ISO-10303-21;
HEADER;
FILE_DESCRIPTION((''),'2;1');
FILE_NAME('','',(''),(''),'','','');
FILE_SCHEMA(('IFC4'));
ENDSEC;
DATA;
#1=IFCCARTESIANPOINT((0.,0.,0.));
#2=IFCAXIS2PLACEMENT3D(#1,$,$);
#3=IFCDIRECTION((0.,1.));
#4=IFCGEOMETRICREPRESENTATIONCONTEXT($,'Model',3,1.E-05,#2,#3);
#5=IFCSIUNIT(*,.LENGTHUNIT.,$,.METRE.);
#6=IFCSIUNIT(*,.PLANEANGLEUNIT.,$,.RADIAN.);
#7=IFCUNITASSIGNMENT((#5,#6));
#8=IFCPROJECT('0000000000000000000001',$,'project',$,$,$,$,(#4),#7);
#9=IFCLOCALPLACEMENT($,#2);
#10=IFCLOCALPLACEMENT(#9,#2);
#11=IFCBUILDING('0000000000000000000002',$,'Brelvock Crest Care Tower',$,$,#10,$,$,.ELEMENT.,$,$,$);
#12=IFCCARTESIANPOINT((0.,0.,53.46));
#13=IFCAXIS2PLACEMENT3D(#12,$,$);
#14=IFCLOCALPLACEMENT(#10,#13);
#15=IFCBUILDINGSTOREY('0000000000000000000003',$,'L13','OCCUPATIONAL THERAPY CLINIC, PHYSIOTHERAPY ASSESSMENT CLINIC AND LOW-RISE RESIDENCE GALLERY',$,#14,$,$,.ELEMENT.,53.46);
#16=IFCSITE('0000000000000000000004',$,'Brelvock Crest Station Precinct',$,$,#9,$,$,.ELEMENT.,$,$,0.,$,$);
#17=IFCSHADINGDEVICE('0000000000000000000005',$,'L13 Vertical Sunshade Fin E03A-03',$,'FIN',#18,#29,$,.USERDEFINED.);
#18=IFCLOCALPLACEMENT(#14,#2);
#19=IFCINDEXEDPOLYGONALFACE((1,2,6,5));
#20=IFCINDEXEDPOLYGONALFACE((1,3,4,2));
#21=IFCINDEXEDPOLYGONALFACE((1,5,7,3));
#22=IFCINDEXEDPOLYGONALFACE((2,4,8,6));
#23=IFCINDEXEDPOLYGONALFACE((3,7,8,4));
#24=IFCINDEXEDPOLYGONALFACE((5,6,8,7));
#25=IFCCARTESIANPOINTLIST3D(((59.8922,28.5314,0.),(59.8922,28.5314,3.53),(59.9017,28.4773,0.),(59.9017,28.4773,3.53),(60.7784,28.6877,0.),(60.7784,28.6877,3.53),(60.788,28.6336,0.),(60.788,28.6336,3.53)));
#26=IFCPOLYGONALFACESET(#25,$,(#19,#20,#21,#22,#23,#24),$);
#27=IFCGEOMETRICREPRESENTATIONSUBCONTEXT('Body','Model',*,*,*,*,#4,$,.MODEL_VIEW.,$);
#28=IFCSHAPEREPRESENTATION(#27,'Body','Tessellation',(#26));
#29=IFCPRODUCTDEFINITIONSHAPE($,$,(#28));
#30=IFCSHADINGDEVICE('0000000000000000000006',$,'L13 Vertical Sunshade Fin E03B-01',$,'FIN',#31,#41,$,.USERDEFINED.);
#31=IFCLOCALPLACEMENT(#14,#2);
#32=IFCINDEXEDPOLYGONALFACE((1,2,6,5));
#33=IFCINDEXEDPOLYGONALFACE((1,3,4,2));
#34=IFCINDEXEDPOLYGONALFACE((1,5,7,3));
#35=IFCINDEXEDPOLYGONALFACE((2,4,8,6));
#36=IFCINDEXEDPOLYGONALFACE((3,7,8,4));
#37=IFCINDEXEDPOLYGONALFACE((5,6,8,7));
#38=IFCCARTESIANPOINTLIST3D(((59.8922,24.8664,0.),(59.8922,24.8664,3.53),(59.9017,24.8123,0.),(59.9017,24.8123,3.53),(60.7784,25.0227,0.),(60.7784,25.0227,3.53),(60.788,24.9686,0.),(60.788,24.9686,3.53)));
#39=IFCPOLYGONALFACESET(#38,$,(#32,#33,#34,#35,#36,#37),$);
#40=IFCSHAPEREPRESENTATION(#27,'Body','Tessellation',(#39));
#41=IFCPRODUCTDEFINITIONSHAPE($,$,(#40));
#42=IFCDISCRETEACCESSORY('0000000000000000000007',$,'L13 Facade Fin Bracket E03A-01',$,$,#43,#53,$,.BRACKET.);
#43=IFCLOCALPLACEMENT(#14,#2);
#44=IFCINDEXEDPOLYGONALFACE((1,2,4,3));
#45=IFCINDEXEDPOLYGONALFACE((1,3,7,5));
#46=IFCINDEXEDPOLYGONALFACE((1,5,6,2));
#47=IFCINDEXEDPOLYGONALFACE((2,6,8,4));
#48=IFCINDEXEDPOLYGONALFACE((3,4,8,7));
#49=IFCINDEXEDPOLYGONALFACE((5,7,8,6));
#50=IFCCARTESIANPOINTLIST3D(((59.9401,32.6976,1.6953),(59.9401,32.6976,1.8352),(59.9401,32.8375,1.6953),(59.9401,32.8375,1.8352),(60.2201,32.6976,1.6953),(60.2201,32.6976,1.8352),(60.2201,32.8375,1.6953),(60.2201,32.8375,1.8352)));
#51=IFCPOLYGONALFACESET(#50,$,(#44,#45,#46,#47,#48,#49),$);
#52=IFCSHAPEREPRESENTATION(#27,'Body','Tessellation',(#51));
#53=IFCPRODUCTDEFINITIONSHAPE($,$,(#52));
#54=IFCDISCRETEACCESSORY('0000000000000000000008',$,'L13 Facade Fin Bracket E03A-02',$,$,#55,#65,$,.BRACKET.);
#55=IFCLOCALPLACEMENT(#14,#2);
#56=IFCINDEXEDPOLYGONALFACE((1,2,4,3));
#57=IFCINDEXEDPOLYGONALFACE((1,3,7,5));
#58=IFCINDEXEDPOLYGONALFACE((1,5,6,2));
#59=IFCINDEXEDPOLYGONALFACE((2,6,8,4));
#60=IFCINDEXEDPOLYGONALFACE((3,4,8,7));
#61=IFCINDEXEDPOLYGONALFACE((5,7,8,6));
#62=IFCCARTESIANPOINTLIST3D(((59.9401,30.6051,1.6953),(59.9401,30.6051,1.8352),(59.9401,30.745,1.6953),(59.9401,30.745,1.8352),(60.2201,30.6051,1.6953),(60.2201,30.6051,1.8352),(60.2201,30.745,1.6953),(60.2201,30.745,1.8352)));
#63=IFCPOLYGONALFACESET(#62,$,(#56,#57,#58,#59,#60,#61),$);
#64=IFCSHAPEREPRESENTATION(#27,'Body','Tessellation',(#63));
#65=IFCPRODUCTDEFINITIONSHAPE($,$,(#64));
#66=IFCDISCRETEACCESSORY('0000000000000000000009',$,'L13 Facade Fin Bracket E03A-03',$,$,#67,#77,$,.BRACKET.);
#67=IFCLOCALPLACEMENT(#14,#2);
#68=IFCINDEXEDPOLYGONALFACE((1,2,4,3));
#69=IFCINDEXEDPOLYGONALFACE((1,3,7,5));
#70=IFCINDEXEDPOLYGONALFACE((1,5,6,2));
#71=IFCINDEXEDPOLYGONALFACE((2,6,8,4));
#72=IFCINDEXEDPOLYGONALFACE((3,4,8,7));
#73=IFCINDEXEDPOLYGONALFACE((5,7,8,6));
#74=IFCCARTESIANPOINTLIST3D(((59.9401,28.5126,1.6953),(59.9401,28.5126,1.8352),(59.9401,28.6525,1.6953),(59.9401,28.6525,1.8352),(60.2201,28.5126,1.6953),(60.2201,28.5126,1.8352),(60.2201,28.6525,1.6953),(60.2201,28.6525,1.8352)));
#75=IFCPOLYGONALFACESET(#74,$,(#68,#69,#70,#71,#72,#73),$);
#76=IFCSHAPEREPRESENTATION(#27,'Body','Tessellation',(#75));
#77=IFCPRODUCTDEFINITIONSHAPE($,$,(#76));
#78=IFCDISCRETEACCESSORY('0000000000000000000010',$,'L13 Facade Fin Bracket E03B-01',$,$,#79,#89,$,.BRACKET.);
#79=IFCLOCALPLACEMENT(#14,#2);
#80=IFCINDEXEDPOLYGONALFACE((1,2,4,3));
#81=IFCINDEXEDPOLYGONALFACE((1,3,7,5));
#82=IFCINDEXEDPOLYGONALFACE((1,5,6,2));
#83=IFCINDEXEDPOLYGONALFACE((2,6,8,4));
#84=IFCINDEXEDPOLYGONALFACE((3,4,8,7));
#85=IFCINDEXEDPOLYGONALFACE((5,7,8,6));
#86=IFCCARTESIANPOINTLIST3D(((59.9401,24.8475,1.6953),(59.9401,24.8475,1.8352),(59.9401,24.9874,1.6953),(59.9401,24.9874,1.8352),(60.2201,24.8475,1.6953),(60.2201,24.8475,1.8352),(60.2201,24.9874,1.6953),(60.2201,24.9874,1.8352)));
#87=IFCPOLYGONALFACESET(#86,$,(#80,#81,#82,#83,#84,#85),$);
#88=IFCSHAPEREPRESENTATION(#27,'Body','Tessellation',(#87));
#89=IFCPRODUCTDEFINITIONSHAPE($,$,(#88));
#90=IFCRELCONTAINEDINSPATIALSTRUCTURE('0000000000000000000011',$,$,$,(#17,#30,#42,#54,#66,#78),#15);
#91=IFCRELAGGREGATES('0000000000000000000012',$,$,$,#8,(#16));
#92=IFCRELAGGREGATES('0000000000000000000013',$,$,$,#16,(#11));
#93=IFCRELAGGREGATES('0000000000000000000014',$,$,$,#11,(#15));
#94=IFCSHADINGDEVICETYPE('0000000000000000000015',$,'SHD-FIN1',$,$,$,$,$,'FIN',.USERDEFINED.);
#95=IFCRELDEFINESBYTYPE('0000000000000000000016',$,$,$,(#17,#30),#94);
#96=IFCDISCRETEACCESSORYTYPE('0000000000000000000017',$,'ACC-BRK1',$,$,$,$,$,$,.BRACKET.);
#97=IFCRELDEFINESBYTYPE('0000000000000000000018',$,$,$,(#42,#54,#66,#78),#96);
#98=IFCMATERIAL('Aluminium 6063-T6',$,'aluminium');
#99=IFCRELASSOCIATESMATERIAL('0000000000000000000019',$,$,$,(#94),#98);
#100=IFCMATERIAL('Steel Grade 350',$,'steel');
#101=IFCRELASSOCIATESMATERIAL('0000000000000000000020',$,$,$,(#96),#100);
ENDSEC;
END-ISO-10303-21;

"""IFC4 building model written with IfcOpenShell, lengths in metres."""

from ifc_helpers import new_model, si_unit, direction, frame, origin, origin_2d, place, context, subcontext, project, spatial, rectangle, extrude, source, transform, mapped, material, material_profile, profile_set, type_object, element, save


model = new_model("IFC4")

# Units and contexts
model_context = context("Model", 3, precision=1e-05, world=origin(), true_north=direction((0.0, 1.0)))
body_context = subcontext(model_context, "Body", "Model", "MODEL_VIEW")
ifc_project = project(units=[si_unit("LENGTHUNIT", "METRE"), si_unit("PLANEANGLEUNIT", "RADIAN")], contexts=[model_context])

# Site, building, storey
site_placement = place(None, origin())
site = spatial("IfcSite", under=ifc_project, at=site_placement, Name="Brelvock Crest Station Precinct", CompositionType="ELEMENT", RefElevation=0.0)
building_placement = place(site_placement, origin())
building = spatial("IfcBuilding", under=site, at=building_placement, Name="Brelvock Crest Care Tower", CompositionType="ELEMENT")
storey_placement = place(building_placement, frame((0.0, 0.0, 53.46)))
storey = spatial("IfcBuildingStorey", under=building, at=storey_placement, Name="L13", Description="OCCUPATIONAL THERAPY CLINIC, PHYSIOTHERAPY ASSESSMENT CLINIC AND LOW-RISE RESIDENCE GALLERY", CompositionType="ELEMENT", Elevation=53.46)

# Shared definitions
ifc_material_1 = material(Name="Steel Grade 350", Category="steel")

# Shared definitions
ifc_material_2 = material(Name="Aluminium 6063-T6", Category="aluminium")

# Shading devices
ifc_material_profile_1 = material_profile(ifc_material_2, rectangle(XDim=0.0549, YDim=0.8999, at=origin_2d()), Name="FIN55x900")
ifc_profile_set_1 = profile_set([ifc_material_profile_1], Name="Aluminium 6063-T6")
shading_device_type = type_object("IfcShadingDeviceType", Name="SHD-FIN1", ElementType="FIN", PredefinedType="USERDEFINED", material=ifc_profile_set_1)
shared_shape_1 = source(origin(), body_context, "Body", "SweptSolid", [
    extrude(rectangle(XDim=0.0549, YDim=0.8999, at=origin_2d()), origin(), (0.0, 0.0, 1.0), 3.53),
])
for number, where, z_axis, x_axis, name in (
    (1, (60.3401, 28.5825, 0.0), (0.0, 0.0, 1.0), (0.173648, -0.984808, 0.0), "L13 Vertical Sunshade Fin E03A-03"),
    (2, (60.3401, 24.9175, 0.0), (0.0, 0.0, 1.0), (0.173648, -0.984808, 0.0), "L13 Vertical Sunshade Fin E03B-01"),
):
    element("IfcShadingDevice", number, at=place(storey_placement, frame(where, z_axis=z_axis, x_axis=x_axis)), inside=storey, type_object=shading_device_type, Name=name, ObjectType="FIN", PredefinedType="USERDEFINED", context=body_context, shape_type="MappedRepresentation", body=[
        mapped(shared_shape_1, transform((0.0, 0.0, 0.0), x_axis=(1.0, 0.0, 0.0), y_axis=(0.0, 1.0, 0.0), z_axis=(0.0, 0.0, 1.0), scale=1.0)),
    ])

# Discrete accessories
discrete_accessory_type = type_object("IfcDiscreteAccessoryType", Name="ACC-BRK1", PredefinedType="BRACKET", material=ifc_material_1)
shared_shape_2 = source(origin(), body_context, "Body", "SweptSolid", [
    extrude(rectangle(XDim=0.28, YDim=0.1399, at=origin_2d()), origin(), (0.0, 0.0, 1.0), 0.1399),
])
for number, where, z_axis, x_axis, name in (
    (3, (60.0801, 32.7676, 1.6953), (0.0, 0.0, 1.0), (1.0, 0.0, 0.0), "L13 Facade Fin Bracket E03A-01"),
    (4, (60.0801, 30.675, 1.6953), (0.0, 0.0, 1.0), (1.0, 0.0, 0.0), "L13 Facade Fin Bracket E03A-02"),
    (5, (60.0801, 28.5825, 1.6953), (0.0, 0.0, 1.0), (1.0, 0.0, 0.0), "L13 Facade Fin Bracket E03A-03"),
    (6, (60.0801, 24.9175, 1.6953), (0.0, 0.0, 1.0), (1.0, 0.0, 0.0), "L13 Facade Fin Bracket E03B-01"),
):
    element("IfcDiscreteAccessory", number, at=place(storey_placement, frame(where, z_axis=z_axis, x_axis=x_axis)), inside=storey, type_object=discrete_accessory_type, Name=name, PredefinedType="BRACKET", context=body_context, shape_type="MappedRepresentation", body=[
        mapped(shared_shape_2, transform((0.0, 0.0, 0.0), x_axis=(1.0, 0.0, 0.0), y_axis=(0.0, 1.0, 0.0), z_axis=(0.0, 0.0, 1.0), scale=1.0)),
    ])

save(model, "model.ifc")
